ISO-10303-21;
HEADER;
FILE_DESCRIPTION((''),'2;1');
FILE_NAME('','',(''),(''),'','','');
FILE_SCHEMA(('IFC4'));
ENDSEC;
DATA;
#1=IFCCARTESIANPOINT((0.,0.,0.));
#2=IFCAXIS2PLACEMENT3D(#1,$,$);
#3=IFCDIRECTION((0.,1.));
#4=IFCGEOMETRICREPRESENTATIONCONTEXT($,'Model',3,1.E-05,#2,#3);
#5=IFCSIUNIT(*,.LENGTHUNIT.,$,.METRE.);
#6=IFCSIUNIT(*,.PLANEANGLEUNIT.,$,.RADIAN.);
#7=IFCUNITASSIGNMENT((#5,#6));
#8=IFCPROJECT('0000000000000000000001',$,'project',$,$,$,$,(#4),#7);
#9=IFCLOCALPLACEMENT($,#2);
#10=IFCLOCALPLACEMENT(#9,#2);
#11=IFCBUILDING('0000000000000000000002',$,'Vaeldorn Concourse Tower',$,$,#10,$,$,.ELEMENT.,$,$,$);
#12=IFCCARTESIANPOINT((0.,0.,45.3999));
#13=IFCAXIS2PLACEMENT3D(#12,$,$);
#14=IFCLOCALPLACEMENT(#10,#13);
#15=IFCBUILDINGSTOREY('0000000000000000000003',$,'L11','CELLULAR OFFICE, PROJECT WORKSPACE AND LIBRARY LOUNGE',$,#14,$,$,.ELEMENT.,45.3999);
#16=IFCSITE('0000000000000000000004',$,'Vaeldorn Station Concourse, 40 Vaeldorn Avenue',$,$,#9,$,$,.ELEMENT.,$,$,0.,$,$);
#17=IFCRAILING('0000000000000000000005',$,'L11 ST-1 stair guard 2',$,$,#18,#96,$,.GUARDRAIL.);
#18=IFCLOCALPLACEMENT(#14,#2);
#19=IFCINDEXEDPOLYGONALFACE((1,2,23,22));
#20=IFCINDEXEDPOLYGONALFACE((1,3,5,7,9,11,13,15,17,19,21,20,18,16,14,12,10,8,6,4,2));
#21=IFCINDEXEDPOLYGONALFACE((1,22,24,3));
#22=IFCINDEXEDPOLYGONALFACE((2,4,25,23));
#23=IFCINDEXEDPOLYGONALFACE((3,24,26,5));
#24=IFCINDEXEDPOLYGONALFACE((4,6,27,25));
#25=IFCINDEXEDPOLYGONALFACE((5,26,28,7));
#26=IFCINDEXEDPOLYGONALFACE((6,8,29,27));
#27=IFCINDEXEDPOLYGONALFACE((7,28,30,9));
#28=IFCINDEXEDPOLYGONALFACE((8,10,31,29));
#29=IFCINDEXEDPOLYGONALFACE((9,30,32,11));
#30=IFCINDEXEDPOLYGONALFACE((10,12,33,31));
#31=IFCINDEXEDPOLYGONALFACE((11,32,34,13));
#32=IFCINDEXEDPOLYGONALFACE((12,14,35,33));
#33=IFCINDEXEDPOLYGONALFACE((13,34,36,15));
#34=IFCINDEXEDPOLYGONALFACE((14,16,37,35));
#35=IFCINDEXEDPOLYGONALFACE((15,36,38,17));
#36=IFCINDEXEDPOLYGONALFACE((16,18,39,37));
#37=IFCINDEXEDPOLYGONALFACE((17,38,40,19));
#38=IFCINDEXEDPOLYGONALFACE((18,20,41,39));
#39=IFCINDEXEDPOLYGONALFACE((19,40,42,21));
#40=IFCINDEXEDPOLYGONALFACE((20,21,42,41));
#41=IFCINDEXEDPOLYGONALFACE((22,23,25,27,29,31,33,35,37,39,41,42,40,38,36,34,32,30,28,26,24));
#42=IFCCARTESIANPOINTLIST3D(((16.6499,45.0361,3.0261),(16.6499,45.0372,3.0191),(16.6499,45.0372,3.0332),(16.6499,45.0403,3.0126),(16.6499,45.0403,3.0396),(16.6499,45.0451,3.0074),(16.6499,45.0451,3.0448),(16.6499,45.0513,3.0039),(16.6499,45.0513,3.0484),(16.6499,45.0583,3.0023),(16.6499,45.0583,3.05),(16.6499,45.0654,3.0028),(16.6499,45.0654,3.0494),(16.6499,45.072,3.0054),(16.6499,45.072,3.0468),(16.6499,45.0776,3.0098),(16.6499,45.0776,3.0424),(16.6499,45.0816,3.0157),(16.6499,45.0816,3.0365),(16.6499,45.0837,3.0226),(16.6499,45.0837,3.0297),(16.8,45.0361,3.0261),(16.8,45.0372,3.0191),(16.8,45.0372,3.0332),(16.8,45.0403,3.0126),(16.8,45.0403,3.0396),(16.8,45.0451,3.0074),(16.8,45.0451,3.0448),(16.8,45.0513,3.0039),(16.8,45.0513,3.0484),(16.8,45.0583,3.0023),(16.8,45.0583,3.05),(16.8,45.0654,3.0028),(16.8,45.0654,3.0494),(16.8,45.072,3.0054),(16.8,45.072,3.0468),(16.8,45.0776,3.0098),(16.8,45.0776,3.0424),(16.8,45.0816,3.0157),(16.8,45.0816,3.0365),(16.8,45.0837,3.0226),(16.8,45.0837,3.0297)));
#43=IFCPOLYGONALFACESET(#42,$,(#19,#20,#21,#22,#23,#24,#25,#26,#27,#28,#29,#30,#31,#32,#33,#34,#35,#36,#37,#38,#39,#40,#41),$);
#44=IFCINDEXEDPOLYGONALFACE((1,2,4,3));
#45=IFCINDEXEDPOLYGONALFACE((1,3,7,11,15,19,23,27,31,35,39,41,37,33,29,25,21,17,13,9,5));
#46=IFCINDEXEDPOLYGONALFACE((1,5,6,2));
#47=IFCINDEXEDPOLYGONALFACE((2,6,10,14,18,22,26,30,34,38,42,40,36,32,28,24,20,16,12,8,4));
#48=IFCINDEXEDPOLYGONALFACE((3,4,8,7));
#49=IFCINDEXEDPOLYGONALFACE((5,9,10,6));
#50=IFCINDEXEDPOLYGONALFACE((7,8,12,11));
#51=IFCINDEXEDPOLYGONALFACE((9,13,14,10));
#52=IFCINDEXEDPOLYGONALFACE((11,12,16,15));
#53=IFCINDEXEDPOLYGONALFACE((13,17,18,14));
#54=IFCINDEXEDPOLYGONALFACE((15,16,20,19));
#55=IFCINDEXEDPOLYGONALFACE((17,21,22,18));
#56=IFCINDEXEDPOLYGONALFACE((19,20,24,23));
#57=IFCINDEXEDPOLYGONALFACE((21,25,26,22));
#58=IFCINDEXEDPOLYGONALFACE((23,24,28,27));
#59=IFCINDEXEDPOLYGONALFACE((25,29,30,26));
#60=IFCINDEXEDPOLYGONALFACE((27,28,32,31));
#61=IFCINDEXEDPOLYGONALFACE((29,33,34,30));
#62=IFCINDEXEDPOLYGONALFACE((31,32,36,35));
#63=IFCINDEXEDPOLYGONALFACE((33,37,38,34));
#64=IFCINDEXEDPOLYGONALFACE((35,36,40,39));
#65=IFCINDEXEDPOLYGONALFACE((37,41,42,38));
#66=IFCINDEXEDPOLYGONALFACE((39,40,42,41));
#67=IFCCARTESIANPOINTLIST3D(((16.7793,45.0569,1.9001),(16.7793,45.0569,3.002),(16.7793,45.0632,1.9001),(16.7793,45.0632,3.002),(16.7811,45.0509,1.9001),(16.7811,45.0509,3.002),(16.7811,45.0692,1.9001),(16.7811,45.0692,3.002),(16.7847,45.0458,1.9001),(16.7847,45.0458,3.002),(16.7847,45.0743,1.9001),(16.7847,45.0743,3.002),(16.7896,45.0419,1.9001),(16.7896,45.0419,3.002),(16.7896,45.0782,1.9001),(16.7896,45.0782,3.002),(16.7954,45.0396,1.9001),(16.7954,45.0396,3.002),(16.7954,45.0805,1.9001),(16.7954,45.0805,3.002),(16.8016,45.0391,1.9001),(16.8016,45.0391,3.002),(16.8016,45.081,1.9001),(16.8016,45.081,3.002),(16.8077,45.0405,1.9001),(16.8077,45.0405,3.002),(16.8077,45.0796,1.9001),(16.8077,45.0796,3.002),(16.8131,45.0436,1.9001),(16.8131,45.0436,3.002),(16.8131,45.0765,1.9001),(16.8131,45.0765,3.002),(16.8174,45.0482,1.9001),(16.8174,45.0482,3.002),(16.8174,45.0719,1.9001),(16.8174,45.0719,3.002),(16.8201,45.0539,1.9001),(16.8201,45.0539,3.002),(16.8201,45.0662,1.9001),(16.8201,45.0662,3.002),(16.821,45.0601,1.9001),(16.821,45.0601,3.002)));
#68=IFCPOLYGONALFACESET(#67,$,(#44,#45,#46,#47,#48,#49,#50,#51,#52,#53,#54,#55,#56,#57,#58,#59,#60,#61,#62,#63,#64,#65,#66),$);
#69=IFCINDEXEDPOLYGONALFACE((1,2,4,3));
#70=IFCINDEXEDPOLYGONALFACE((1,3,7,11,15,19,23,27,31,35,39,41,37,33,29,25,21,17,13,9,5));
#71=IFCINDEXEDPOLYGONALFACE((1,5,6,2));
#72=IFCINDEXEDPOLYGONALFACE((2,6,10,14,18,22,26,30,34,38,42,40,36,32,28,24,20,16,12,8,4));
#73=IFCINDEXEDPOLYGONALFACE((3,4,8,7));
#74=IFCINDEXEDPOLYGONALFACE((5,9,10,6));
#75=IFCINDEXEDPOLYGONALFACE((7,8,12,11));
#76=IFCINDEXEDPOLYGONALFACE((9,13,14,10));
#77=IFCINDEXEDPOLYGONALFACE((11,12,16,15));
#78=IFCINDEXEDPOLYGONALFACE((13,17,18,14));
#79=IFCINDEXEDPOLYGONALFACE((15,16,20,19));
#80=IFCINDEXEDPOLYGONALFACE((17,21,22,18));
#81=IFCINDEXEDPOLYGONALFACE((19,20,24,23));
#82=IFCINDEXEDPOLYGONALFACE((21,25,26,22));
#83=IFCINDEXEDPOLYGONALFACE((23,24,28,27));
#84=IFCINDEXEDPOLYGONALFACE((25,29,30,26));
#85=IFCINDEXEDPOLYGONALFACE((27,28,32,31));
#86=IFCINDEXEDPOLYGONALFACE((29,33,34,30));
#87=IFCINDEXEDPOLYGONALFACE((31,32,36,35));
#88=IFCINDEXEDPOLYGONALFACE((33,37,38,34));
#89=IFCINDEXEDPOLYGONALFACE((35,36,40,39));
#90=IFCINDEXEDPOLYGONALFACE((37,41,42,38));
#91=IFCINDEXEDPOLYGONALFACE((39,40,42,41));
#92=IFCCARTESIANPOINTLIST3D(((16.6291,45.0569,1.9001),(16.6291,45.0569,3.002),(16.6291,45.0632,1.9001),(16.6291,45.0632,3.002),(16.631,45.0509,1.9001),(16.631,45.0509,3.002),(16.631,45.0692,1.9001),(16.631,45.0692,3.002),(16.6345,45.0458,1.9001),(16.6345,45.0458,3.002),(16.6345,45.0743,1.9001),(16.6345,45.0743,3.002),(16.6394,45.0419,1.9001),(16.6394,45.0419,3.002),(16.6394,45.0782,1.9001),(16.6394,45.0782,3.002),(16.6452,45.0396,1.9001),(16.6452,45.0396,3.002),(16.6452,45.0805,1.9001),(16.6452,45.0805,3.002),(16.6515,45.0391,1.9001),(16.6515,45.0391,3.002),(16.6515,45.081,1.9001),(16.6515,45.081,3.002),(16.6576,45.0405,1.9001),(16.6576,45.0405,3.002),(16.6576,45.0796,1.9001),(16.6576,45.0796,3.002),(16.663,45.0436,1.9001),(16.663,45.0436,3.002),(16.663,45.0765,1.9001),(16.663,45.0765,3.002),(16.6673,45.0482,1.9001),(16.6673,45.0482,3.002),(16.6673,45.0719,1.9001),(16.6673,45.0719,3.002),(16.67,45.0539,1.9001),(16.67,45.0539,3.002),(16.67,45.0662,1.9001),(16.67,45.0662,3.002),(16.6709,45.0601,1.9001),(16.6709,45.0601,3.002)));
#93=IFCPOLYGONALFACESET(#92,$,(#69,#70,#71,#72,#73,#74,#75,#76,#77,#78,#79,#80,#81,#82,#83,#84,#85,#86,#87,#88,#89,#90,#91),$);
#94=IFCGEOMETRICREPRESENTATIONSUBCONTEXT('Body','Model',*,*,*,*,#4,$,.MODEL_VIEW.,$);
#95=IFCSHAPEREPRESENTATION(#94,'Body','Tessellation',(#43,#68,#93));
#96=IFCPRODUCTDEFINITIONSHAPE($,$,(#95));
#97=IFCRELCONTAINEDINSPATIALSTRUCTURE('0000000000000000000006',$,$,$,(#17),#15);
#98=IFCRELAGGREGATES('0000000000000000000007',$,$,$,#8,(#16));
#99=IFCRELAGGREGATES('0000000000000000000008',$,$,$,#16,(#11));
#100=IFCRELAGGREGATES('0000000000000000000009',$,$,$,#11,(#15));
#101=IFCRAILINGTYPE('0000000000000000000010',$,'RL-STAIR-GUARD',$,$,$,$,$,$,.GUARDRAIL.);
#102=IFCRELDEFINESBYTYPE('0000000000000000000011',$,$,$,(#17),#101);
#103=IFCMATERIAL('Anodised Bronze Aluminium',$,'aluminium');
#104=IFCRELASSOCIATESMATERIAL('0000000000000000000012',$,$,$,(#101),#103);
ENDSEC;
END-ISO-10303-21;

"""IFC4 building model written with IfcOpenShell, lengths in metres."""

from ifc_helpers import new_model, si_unit, direction, frame, origin, origin_2d, place, context, subcontext, project, spatial, circle, extrude, material, type_object, element, save


model = new_model("IFC4")

# Units and contexts
model_context = context("Model", 3, precision=1e-05, world=origin(), true_north=direction((0.0, 1.0)))
body_context = subcontext(model_context, "Body", "Model", "MODEL_VIEW")
ifc_project = project(units=[si_unit("LENGTHUNIT", "METRE"), si_unit("PLANEANGLEUNIT", "RADIAN")], contexts=[model_context])

# Site, building, storey
site_placement = place(None, origin())
site = spatial("IfcSite", under=ifc_project, at=site_placement, Name="Vaeldorn Station Concourse, 40 Vaeldorn Avenue", CompositionType="ELEMENT", RefElevation=0.0)
building_placement = place(site_placement, origin())
building = spatial("IfcBuilding", under=site, at=building_placement, Name="Vaeldorn Concourse Tower", CompositionType="ELEMENT")
storey_placement = place(building_placement, frame((0.0, 0.0, 45.3999)))
storey = spatial("IfcBuildingStorey", under=building, at=storey_placement, Name="L11", Description="CELLULAR OFFICE, PROJECT WORKSPACE AND LIBRARY LOUNGE", CompositionType="ELEMENT", Elevation=45.3999)

# Shared definitions
ifc_material_1 = material(Name="Anodised Bronze Aluminium", Category="aluminium")

# Railing
railing_type_1 = type_object("IfcRailingType", Name="RL-STAIR-GUARD", PredefinedType="GUARDRAIL", material=ifc_material_1)
railing_1_placement = place(storey_placement, frame((16.8, 45.0601, 1.9001)))
element("IfcRailing", 1, at=railing_1_placement, inside=storey, type_object=railing_type_1, Name="L11 ST-1 stair guard 2", PredefinedType="GUARDRAIL", context=body_context, shape_type="SweptSolid", body=[
    extrude(circle(Radius=0.0239, at=origin_2d()), frame((0.0, 0.0, 1.126), z_axis=(-1.0, 0.0, 0.0), x_axis=(0.0, -1.0, 0.0)), (0.0, 0.0, 1.0), 0.1501),
    extrude(circle(Radius=0.021, at=origin_2d()), origin(), (0.0, 0.0, 1.0), 1.1018),
    extrude(circle(Radius=0.021, at=origin_2d()), frame((-0.1501, 0.0, 0.0)), (0.0, 0.0, 1.0), 1.1018),
])

save(model, "model.ifc")
